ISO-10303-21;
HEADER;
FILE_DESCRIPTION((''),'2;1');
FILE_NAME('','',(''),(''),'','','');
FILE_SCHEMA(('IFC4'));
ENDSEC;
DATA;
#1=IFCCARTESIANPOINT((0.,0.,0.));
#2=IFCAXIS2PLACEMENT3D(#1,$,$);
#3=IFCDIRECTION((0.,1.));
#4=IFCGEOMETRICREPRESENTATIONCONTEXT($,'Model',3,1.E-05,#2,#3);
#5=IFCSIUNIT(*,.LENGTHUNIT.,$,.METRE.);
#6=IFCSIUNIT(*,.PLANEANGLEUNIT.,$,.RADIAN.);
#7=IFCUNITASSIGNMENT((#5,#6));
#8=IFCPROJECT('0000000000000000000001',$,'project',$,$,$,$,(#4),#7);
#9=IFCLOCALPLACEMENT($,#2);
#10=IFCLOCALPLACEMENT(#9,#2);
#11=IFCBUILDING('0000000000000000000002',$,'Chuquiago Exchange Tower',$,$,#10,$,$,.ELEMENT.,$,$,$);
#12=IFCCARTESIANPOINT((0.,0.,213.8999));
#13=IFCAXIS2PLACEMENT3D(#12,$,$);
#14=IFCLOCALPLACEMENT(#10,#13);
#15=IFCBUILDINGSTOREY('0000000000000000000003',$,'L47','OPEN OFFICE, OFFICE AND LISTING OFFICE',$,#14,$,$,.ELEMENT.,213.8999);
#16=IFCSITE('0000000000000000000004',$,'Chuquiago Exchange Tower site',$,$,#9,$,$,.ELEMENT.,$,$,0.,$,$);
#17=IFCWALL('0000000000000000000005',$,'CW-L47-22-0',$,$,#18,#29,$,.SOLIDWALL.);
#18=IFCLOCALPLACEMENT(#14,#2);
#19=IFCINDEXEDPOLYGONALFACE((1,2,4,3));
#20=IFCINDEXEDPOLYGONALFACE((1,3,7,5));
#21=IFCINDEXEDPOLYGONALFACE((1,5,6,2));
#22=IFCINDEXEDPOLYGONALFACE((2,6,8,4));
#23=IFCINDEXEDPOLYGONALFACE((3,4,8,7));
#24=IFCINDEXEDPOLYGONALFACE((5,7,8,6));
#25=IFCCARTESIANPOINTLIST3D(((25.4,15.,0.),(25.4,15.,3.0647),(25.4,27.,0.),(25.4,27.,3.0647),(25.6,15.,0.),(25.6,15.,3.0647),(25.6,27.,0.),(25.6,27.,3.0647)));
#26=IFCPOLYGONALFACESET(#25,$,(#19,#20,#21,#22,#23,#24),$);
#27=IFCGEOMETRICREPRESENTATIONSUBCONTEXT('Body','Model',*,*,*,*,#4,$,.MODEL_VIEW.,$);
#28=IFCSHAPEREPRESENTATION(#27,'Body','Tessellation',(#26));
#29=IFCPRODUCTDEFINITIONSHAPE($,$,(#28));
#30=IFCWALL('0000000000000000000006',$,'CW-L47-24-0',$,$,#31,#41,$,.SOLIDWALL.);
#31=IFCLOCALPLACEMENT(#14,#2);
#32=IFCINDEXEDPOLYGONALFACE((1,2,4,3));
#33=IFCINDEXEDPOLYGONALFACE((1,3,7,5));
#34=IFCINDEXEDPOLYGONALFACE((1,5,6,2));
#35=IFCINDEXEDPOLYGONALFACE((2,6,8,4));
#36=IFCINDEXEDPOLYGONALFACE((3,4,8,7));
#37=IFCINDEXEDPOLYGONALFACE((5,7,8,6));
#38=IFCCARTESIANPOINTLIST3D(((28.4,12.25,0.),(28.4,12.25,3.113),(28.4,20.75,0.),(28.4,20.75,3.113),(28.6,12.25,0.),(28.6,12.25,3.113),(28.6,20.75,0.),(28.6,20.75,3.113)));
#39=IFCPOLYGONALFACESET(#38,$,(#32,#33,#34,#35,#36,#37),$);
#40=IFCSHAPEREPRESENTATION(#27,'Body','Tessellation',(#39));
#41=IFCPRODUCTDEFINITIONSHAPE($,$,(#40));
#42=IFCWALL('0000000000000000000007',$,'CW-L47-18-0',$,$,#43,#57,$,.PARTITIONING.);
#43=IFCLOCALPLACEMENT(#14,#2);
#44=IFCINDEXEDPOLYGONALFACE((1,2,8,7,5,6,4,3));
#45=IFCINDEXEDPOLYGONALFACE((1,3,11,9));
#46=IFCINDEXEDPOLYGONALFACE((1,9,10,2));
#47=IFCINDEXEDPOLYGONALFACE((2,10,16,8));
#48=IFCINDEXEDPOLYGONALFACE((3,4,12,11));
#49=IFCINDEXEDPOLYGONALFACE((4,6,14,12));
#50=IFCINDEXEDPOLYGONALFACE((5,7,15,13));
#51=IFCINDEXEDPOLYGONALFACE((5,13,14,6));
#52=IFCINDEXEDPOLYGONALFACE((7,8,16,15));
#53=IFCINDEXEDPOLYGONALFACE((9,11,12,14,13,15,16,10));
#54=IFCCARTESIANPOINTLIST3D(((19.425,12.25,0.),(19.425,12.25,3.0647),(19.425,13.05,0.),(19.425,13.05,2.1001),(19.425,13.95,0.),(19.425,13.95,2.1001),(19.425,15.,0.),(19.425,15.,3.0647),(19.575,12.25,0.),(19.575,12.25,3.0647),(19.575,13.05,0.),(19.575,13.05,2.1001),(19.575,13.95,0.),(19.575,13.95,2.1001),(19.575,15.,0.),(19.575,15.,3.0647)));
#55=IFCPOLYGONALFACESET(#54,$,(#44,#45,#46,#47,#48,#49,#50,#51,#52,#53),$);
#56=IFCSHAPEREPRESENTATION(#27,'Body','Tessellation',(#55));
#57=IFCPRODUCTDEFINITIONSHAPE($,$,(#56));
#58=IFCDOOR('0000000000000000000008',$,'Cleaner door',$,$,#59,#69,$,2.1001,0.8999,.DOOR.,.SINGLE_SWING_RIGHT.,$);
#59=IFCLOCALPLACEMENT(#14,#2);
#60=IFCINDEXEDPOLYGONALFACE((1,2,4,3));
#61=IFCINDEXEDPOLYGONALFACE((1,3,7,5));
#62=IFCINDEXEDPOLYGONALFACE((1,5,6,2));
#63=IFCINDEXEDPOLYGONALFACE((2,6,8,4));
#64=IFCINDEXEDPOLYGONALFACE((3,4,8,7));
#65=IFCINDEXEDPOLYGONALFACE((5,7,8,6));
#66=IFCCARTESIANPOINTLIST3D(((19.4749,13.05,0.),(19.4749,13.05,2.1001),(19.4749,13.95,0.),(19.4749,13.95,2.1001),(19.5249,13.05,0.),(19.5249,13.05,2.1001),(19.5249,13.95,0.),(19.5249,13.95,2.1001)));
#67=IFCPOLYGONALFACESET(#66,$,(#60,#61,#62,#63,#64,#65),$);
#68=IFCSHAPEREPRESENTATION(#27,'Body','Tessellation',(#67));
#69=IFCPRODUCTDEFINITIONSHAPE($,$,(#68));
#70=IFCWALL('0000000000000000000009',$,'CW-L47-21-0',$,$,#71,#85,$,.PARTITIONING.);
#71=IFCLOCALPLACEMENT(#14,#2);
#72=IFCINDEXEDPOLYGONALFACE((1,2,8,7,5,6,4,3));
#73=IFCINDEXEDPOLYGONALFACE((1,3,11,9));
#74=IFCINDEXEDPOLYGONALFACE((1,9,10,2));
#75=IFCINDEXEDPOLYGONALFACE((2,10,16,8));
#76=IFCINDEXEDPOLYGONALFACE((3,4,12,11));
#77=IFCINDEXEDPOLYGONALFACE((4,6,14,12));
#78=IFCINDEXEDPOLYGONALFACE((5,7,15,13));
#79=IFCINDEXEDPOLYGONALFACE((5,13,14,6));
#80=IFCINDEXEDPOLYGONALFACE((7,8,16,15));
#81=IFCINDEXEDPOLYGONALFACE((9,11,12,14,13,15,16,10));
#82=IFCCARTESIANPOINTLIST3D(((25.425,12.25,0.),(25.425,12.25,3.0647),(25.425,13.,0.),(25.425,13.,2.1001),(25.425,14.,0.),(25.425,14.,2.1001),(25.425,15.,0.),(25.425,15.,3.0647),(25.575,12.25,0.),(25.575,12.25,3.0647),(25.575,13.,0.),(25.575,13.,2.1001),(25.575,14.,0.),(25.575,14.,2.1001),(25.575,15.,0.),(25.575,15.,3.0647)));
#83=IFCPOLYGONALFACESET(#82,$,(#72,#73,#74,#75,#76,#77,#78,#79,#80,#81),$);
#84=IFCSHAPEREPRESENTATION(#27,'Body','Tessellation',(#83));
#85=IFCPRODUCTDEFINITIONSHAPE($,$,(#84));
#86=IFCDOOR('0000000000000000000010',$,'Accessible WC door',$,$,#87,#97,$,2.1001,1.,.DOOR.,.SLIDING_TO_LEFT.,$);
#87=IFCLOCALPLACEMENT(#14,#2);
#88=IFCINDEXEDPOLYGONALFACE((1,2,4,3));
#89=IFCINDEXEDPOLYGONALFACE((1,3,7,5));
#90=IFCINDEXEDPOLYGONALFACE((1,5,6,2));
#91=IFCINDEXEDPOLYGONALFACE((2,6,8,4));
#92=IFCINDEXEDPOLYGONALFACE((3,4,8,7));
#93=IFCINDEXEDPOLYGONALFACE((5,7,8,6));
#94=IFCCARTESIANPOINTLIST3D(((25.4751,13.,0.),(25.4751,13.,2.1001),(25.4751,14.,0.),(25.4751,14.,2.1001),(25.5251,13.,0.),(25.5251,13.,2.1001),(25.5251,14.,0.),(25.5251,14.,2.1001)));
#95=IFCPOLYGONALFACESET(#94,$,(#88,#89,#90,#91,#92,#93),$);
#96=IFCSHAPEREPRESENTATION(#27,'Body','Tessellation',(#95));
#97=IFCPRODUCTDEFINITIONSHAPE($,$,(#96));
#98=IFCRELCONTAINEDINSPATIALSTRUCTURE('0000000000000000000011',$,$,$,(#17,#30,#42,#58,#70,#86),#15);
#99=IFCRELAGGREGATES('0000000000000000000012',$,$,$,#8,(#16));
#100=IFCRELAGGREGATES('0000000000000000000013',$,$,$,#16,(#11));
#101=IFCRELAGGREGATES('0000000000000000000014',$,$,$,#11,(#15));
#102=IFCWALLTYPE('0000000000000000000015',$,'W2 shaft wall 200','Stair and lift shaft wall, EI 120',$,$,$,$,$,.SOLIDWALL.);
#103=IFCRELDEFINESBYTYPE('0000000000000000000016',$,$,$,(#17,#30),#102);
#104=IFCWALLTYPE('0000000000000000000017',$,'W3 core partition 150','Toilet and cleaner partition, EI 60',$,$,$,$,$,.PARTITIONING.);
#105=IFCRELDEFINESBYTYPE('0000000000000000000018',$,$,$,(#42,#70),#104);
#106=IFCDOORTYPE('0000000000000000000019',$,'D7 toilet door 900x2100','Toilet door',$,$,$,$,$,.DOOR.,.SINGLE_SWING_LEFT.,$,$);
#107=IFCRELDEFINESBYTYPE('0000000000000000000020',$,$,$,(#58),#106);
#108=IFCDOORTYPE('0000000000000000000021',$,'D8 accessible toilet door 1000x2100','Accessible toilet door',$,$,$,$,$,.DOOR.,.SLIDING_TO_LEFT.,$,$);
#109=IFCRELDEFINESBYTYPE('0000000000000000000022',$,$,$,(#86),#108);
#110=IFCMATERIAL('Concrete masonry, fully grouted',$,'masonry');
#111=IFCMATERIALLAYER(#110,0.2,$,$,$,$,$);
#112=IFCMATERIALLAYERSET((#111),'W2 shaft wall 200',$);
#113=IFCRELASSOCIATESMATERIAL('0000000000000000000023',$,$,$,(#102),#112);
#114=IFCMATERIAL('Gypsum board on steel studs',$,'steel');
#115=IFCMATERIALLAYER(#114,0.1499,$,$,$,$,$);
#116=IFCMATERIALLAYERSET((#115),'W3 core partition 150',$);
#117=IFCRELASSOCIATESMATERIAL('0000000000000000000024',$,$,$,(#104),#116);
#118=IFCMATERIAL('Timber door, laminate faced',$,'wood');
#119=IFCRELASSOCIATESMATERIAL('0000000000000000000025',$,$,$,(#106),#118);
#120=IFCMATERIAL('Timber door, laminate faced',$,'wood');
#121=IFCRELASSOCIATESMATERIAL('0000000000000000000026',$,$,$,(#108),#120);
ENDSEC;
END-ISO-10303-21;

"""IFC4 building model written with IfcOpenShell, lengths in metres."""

from ifc_helpers import new_model, si_unit, direction, frame, frame_2d, origin, place, context, subcontext, project, spatial, rectangle, extrude, material, layer, layer_set, type_object, element, fill, save


model = new_model("IFC4")

# Units and contexts
model_context = context("Model", 3, precision=1e-05, world=origin(), true_north=direction((0.0, 1.0)))
body_context = subcontext(model_context, "Body", "Model", "MODEL_VIEW")
ifc_project = project(units=[si_unit("LENGTHUNIT", "METRE"), si_unit("PLANEANGLEUNIT", "RADIAN")], contexts=[model_context])

# Site, building, storey
site_placement = place(None, origin())
site = spatial("IfcSite", under=ifc_project, at=site_placement, Name="Chuquiago Exchange Tower site", CompositionType="ELEMENT", RefElevation=0.0)
building_placement = place(site_placement, origin())
building = spatial("IfcBuilding", under=site, at=building_placement, Name="Chuquiago Exchange Tower", CompositionType="ELEMENT")
storey_placement = place(building_placement, frame((0.0, 0.0, 213.8999)))
storey = spatial("IfcBuildingStorey", under=building, at=storey_placement, Name="L47", Description="OPEN OFFICE, OFFICE AND LISTING OFFICE", CompositionType="ELEMENT", Elevation=213.8999)

# Shared definitions
ifc_material_1 = material(Name="Concrete masonry, fully grouted", Category="masonry")
ifc_layer_1 = layer(ifc_material_1, 0.2)
ifc_layer_set_1 = layer_set([ifc_layer_1], Name="W2 shaft wall 200")
wall_type_1 = type_object("IfcWallType", Name="W2 shaft wall 200", Description="Stair and lift shaft wall, EI 120", PredefinedType="SOLIDWALL", material=ifc_layer_set_1)

# Walls
wall_1_placement = place(storey_placement, frame((25.5, 15.0, 0.0), z_axis=(0.0, 0.0, 1.0), x_axis=(0.0, 1.0, 0.0)))
element("IfcWall", 1, at=wall_1_placement, inside=storey, type_object=wall_type_1, Name="CW-L47-22-0", PredefinedType="SOLIDWALL", context=body_context, shape_type="SweptSolid", body=[
    extrude(rectangle(XDim=12.0, YDim=0.2, at=frame_2d((6.0, 0.0))), origin(), (0.0, 0.0, 1.0), 3.0647),
])
wall_2_placement = place(storey_placement, frame((28.5, 12.25, 0.0), z_axis=(0.0, 0.0, 1.0), x_axis=(0.0, 1.0, 0.0)))
element("IfcWall", 2, at=wall_2_placement, inside=storey, type_object=wall_type_1, Name="CW-L47-24-0", PredefinedType="SOLIDWALL", context=body_context, shape_type="SweptSolid", body=[
    extrude(rectangle(XDim=8.5, YDim=0.2, at=frame_2d((4.25, 0.0))), origin(), (0.0, 0.0, 1.0), 3.113),
])

# Walls, openings, doors
ifc_material_2 = material(Name="Gypsum board on steel studs", Category="steel")
ifc_layer_2 = layer(ifc_material_2, 0.1499)
ifc_layer_set_2 = layer_set([ifc_layer_2], Name="W3 core partition 150")
wall_type_2 = type_object("IfcWallType", Name="W3 core partition 150", Description="Toilet and cleaner partition, EI 60", PredefinedType="PARTITIONING", material=ifc_layer_set_2)
wall_3_placement = place(storey_placement, frame((19.5, 12.25, 0.0), z_axis=(0.0, 0.0, 1.0), x_axis=(0.0, 1.0, 0.0)))
wall_3 = element("IfcWall", 3, at=wall_3_placement, inside=storey, type_object=wall_type_2, Name="CW-L47-18-0", PredefinedType="PARTITIONING", context=body_context, shape_type="SweptSolid", body=[
    extrude(rectangle(XDim=2.75, YDim=0.1499, at=frame_2d((1.375, 0.0))), origin(), (0.0, 0.0, 1.0), 3.0647),
])
opening_1_placement = place(wall_3_placement, frame((0.8, 0.0, 0.0)))
opening_1 = element("IfcOpeningElement", 4, at=opening_1_placement, cuts=wall_3, PredefinedType="OPENING", context=body_context, shape_type="SweptSolid", body=[
    extrude(rectangle(XDim=0.8999, YDim=2.1001, at=frame_2d((0.45, 1.05))), frame((0.0, 0.085, 0.0), z_axis=(0.0, -1.0, 0.0), x_axis=(1.0, 0.0, 0.0)), (0.0, 0.0, 1.0), 0.1699),
])
ifc_material_3 = material(Name="Timber door, laminate faced", Category="wood")
door_type_1 = type_object("IfcDoorType", Name="D7 toilet door 900x2100", Description="Toilet door", OperationType="SINGLE_SWING_LEFT", PredefinedType="DOOR", material=ifc_material_3)
door_1_placement = place(opening_1_placement, frame((0.8999, 0.0, 0.0), z_axis=(0.0, 0.0, 1.0), x_axis=(-1.0, 0.0, 0.0)))
door_1 = element("IfcDoor", 5, at=door_1_placement, inside=storey, type_object=door_type_1, Name="Cleaner door", OperationType="SINGLE_SWING_RIGHT", OverallHeight=2.1001, OverallWidth=0.8999, PredefinedType="DOOR", context=body_context, shape_type="SweptSolid", body=[
    extrude(rectangle(XDim=0.8999, YDim=2.1001, at=frame_2d((0.45, 1.05))), frame((0.0, 0.0249, 0.0), z_axis=(0.0, -1.0, 0.0), x_axis=(1.0, 0.0, 0.0)), (0.0, 0.0, 1.0), 0.05),
])
fill(opening_1, door_1)
wall_4_placement = place(storey_placement, frame((25.5, 12.25, 0.0), z_axis=(0.0, 0.0, 1.0), x_axis=(0.0, 1.0, 0.0)))
wall_4 = element("IfcWall", 6, at=wall_4_placement, inside=storey, type_object=wall_type_2, Name="CW-L47-21-0", PredefinedType="PARTITIONING", context=body_context, shape_type="SweptSolid", body=[
    extrude(rectangle(XDim=2.75, YDim=0.1499, at=frame_2d((1.375, 0.0))), origin(), (0.0, 0.0, 1.0), 3.0647),
])
opening_2_placement = place(wall_4_placement, frame((0.75, 0.0, 0.0)))
opening_2 = element("IfcOpeningElement", 7, at=opening_2_placement, cuts=wall_4, PredefinedType="OPENING", context=body_context, shape_type="SweptSolid", body=[
    extrude(rectangle(XDim=1.0, YDim=2.1001, at=frame_2d((0.5, 1.05))), frame((0.0, 0.085, 0.0), z_axis=(0.0, -1.0, 0.0), x_axis=(1.0, 0.0, 0.0)), (0.0, 0.0, 1.0), 0.1699),
])
ifc_material_4 = material(Name="Timber door, laminate faced", Category="wood")
door_type_2 = type_object("IfcDoorType", Name="D8 accessible toilet door 1000x2100", Description="Accessible toilet door", OperationType="SLIDING_TO_LEFT", PredefinedType="DOOR", material=ifc_material_4)
door_2_placement = place(opening_2_placement, origin())
door_2 = element("IfcDoor", 8, at=door_2_placement, inside=storey, type_object=door_type_2, Name="Accessible WC door", OperationType="SLIDING_TO_LEFT", OverallHeight=2.1001, OverallWidth=1.0, PredefinedType="DOOR", context=body_context, shape_type="SweptSolid", body=[
    extrude(rectangle(XDim=1.0, YDim=2.1001, at=frame_2d((0.5, 1.05))), frame((0.0, 0.0249, 0.0), z_axis=(0.0, -1.0, 0.0), x_axis=(1.0, 0.0, 0.0)), (0.0, 0.0, 1.0), 0.05),
])
fill(opening_2, door_2)

save(model, "model.ifc")
